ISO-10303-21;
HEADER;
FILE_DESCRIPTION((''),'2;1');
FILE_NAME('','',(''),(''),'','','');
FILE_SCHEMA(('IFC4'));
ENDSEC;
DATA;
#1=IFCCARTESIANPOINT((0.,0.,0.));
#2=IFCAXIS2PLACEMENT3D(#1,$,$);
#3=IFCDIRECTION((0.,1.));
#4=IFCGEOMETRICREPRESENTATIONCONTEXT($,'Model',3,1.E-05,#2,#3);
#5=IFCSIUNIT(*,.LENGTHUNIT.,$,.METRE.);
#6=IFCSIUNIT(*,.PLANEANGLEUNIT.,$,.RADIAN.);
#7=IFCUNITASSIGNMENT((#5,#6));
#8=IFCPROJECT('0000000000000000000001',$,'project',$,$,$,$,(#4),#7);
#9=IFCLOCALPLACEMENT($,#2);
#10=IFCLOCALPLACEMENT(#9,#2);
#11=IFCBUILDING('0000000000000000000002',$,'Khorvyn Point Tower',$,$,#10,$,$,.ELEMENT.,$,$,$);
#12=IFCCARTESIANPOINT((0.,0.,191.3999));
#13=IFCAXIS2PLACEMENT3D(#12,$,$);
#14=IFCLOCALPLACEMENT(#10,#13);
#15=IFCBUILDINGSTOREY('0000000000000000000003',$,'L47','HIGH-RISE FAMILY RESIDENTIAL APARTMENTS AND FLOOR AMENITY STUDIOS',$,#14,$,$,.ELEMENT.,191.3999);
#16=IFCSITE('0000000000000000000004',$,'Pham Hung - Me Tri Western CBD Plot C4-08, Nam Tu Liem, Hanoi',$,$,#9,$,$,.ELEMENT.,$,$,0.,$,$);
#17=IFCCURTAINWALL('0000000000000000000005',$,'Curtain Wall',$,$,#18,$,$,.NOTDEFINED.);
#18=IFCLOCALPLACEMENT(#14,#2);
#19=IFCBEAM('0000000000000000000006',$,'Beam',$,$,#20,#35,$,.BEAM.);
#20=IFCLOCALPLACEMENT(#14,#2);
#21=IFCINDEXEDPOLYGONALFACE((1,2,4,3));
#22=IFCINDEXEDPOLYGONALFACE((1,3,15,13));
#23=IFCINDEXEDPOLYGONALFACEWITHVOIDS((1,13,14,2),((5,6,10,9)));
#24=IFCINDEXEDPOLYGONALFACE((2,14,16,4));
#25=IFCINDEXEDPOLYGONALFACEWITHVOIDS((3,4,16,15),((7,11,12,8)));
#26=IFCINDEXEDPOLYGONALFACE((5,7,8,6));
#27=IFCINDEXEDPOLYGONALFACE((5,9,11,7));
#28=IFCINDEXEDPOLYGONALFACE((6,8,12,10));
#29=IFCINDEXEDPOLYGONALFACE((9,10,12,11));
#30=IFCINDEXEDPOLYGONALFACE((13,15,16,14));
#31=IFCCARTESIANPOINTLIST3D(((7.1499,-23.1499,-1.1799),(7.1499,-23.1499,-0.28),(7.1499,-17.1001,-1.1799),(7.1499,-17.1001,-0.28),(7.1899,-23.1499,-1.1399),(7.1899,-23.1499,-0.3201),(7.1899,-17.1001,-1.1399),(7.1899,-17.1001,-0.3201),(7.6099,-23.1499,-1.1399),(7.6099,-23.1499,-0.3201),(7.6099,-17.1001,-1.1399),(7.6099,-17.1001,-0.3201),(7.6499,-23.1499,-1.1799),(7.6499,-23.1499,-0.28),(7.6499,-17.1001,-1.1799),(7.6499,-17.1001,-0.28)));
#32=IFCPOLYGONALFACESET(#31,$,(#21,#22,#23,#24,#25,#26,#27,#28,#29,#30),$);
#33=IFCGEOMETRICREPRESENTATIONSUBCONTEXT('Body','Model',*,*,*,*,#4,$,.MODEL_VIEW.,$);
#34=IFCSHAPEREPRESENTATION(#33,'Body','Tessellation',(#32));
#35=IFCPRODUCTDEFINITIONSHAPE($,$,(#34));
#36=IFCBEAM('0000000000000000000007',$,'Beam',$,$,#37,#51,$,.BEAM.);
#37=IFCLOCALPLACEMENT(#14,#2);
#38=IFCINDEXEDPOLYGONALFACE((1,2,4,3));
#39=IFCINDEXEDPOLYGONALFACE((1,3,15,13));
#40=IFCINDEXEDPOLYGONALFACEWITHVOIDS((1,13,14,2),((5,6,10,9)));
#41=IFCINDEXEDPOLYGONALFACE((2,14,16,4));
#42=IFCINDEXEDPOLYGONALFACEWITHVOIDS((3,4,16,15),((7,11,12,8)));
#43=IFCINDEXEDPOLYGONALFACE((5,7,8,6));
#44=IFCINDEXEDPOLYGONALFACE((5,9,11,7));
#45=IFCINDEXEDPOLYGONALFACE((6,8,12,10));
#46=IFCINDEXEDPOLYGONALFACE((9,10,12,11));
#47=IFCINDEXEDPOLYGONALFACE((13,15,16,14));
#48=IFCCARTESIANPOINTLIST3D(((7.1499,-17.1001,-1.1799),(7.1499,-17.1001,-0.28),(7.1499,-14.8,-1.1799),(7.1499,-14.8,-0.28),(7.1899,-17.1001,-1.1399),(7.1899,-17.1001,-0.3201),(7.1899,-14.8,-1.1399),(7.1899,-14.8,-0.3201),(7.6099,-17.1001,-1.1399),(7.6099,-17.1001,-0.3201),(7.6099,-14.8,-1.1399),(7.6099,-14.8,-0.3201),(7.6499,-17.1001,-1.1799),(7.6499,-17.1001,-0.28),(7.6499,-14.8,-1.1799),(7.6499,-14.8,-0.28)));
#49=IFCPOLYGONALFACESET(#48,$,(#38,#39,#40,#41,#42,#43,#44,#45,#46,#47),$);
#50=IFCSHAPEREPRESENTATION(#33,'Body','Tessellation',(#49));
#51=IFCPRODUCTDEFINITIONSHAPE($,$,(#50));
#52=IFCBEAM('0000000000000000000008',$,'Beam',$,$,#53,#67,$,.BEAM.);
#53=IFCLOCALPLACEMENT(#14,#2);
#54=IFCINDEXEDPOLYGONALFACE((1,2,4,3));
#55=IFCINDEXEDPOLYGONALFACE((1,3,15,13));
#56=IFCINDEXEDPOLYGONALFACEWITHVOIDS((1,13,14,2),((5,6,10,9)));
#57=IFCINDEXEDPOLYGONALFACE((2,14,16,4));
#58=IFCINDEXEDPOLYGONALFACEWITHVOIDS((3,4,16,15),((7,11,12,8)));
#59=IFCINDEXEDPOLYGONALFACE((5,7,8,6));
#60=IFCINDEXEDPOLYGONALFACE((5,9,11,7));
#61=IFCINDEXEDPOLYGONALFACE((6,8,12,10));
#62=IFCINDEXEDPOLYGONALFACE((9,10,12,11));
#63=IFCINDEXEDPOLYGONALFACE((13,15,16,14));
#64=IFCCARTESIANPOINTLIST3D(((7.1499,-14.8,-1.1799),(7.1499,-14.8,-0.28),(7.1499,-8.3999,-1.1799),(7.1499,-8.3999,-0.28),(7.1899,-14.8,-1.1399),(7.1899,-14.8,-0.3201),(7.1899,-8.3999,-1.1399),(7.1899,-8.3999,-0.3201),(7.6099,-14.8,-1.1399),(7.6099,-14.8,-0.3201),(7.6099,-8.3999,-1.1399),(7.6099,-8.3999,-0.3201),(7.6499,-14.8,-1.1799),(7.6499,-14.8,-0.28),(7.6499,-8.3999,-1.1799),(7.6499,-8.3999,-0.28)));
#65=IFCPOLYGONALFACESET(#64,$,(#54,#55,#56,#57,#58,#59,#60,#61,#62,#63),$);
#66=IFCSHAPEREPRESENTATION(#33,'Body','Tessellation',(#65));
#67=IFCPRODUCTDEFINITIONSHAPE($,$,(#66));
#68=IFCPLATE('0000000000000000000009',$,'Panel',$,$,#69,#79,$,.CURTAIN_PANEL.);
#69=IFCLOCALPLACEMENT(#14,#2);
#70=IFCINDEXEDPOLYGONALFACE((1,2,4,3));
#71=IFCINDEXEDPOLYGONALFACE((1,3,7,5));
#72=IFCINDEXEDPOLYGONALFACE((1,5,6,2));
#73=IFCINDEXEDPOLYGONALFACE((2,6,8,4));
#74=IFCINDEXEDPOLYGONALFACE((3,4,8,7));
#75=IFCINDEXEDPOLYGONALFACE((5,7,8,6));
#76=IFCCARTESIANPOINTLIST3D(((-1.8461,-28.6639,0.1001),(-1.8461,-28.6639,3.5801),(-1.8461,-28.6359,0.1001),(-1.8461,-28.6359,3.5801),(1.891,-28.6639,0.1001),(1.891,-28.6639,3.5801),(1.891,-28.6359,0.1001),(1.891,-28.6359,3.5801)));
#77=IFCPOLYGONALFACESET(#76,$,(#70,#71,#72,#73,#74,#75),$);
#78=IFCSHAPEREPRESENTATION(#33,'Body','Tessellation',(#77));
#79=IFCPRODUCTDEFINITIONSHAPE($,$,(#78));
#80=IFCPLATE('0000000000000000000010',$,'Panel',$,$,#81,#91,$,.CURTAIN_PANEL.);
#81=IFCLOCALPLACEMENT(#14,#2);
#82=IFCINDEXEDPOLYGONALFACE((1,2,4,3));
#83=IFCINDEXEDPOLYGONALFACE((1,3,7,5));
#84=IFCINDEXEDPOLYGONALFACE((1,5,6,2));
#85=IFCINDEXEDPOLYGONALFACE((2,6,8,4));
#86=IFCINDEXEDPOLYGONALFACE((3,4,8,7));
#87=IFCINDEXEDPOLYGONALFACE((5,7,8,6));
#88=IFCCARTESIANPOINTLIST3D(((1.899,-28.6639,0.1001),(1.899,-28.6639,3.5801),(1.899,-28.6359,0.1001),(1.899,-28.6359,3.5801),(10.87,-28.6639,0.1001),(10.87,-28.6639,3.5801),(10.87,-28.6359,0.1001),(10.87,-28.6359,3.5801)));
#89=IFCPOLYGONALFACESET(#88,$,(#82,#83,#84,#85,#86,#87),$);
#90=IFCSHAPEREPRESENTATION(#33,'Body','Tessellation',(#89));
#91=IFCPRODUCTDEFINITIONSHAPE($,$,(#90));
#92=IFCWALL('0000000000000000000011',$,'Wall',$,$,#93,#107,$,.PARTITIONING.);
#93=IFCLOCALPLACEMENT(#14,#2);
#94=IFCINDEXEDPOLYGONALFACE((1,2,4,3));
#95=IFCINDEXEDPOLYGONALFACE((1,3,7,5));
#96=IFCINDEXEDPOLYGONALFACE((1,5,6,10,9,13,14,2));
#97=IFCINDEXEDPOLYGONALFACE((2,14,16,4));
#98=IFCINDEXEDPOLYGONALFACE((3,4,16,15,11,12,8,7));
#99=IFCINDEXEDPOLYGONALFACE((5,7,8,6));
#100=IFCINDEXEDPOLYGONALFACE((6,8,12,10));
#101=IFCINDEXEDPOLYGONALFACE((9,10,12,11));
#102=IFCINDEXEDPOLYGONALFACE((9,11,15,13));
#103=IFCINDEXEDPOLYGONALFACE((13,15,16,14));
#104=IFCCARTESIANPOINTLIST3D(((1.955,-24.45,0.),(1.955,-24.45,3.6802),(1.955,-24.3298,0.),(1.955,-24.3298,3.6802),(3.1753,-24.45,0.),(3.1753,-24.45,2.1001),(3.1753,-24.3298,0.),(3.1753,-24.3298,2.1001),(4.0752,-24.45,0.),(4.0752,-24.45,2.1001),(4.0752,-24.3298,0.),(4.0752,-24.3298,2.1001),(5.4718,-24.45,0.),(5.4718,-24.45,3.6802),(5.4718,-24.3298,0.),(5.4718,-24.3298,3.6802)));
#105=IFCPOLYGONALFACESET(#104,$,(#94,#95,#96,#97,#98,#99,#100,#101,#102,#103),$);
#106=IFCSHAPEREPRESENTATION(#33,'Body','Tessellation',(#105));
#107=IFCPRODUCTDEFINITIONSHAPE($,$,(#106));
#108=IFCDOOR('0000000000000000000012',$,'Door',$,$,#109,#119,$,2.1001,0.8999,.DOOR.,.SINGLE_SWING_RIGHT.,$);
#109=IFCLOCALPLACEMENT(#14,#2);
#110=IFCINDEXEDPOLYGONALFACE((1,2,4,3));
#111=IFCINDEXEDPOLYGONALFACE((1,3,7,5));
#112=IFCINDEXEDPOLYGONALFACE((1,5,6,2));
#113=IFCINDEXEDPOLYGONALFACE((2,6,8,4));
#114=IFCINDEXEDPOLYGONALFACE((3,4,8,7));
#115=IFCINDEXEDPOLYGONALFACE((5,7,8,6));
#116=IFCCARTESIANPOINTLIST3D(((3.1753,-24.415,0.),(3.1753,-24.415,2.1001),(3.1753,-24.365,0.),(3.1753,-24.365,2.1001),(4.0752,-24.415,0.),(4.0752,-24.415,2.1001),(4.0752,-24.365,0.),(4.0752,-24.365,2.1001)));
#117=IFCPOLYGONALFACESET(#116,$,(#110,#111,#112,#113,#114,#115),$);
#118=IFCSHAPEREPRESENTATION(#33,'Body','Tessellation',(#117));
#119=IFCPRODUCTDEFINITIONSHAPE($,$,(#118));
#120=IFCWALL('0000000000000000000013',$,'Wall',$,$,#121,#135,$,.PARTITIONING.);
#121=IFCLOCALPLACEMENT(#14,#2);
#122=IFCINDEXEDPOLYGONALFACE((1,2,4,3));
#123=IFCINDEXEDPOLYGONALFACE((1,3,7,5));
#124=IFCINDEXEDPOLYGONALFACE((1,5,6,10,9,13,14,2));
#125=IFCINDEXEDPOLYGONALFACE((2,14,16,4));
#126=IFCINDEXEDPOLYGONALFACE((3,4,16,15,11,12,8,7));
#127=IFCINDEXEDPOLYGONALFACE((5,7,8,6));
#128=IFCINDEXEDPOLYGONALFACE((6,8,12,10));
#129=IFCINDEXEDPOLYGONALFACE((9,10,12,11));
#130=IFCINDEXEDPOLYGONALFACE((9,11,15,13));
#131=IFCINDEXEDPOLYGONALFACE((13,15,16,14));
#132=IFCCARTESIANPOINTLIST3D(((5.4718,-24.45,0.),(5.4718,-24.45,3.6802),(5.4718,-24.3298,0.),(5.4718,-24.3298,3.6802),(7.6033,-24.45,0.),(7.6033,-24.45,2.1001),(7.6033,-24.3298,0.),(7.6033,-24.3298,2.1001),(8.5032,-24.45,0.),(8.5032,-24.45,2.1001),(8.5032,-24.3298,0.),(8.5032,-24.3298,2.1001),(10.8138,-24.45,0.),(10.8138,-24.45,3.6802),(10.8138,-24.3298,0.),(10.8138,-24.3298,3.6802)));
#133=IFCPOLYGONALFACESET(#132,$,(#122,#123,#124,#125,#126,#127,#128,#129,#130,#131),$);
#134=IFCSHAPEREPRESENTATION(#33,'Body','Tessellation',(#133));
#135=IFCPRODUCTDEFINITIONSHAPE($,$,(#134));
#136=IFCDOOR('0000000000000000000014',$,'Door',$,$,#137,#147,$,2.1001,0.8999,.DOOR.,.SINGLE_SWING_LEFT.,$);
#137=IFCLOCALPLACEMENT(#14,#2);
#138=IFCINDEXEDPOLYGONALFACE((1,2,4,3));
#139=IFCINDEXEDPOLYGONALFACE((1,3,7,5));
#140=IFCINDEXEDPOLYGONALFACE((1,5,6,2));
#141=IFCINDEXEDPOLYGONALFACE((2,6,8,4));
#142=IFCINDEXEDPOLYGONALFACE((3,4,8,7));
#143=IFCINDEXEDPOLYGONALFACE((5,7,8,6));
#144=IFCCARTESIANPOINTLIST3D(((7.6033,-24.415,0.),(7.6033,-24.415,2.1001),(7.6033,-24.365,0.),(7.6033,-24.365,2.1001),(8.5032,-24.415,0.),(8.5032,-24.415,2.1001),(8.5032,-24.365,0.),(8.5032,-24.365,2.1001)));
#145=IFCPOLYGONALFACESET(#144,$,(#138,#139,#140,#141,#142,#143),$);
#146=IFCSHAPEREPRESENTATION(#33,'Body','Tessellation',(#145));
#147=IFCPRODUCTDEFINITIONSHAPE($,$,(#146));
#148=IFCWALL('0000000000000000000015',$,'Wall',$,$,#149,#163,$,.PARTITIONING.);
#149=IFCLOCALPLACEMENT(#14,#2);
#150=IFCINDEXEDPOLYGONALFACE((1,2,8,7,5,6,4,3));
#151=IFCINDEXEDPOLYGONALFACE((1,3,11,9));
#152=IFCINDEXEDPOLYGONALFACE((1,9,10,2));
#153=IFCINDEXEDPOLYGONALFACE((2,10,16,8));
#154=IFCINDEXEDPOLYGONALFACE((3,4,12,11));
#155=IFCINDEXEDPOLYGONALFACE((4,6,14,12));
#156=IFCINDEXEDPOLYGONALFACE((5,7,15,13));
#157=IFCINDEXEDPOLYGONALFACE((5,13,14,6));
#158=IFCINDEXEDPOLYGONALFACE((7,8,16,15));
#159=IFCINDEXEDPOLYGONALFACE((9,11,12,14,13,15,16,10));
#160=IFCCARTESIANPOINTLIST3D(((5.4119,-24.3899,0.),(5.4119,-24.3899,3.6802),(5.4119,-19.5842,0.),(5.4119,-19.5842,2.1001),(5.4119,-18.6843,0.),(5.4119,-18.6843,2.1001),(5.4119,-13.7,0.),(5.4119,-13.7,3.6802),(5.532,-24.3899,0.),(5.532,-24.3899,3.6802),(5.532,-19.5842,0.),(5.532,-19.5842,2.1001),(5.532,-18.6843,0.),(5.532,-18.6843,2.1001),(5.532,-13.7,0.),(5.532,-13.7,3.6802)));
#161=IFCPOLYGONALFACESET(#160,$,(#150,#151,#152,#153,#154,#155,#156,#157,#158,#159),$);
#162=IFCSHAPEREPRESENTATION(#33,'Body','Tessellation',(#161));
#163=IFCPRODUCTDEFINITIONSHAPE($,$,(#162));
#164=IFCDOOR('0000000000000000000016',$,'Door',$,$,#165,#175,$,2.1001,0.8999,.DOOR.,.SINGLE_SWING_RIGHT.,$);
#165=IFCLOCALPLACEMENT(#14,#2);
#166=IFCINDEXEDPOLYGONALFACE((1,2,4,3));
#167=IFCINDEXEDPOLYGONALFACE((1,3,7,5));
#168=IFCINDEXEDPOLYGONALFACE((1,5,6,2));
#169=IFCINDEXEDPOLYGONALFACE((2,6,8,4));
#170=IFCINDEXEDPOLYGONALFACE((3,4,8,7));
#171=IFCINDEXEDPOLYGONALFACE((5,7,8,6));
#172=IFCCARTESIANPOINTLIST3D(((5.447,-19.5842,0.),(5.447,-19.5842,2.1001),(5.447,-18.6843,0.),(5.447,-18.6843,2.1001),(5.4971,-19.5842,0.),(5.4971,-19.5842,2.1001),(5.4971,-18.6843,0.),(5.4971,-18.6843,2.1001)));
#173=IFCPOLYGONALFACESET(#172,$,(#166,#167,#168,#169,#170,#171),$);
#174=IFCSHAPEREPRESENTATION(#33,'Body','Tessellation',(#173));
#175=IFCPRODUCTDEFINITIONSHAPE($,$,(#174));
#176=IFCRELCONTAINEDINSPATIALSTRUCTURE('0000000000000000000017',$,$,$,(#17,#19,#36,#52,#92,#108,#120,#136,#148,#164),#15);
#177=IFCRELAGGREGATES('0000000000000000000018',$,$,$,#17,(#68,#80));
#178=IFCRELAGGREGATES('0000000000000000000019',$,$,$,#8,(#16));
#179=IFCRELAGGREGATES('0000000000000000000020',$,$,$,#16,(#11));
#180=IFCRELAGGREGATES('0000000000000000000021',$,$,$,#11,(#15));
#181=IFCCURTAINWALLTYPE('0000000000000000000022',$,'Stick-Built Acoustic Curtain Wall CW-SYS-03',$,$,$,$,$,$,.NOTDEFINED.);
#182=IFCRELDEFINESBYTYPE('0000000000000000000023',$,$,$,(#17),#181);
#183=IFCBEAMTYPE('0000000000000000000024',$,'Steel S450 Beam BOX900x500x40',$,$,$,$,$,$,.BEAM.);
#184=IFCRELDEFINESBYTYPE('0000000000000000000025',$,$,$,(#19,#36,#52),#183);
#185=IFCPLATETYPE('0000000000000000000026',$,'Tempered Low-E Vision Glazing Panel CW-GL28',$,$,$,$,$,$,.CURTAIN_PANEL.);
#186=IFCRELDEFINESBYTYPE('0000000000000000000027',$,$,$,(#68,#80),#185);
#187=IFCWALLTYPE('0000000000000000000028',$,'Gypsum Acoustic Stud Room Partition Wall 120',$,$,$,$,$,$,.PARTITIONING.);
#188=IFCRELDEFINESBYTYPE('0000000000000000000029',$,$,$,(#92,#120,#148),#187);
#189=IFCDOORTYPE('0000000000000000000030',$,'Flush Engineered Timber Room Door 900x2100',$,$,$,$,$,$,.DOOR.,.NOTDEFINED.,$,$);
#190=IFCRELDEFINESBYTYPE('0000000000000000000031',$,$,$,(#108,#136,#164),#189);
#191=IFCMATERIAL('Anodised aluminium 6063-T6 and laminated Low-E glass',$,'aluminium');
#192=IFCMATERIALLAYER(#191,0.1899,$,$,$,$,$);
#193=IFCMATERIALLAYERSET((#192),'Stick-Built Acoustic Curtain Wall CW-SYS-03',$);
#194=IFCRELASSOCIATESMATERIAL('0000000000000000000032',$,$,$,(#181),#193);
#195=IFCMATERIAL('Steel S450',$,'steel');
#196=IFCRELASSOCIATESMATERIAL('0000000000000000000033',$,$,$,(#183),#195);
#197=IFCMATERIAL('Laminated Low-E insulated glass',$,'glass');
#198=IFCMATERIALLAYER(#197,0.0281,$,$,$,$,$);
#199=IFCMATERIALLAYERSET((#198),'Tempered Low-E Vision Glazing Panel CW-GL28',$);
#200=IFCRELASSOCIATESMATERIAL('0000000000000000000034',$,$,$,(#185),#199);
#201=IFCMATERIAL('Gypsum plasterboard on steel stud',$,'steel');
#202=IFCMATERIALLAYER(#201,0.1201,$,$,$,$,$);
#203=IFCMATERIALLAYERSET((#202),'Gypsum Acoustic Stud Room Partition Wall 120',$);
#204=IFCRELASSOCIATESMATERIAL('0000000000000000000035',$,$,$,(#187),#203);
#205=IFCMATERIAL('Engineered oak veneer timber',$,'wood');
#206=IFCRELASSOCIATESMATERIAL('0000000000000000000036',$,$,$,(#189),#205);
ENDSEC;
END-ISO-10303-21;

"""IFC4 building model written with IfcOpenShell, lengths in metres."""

from ifc_helpers import new_model, si_unit, direction, frame, frame_2d, origin, origin_2d, place, context, subcontext, project, spatial, rectangle, hollow_rectangle, extrude, material, layer, layer_set, material_profile, profile_set, type_object, element, fill, aggregate, save


model = new_model("IFC4")

# Units and contexts
model_context = context("Model", 3, precision=1e-05, world=origin(), true_north=direction((0.0, 1.0)))
body_context = subcontext(model_context, "Body", "Model", "MODEL_VIEW")
ifc_project = project(units=[si_unit("LENGTHUNIT", "METRE"), si_unit("PLANEANGLEUNIT", "RADIAN")], contexts=[model_context])

# Site, building, storey
site_placement = place(None, origin())
site = spatial("IfcSite", under=ifc_project, at=site_placement, Name="Pham Hung - Me Tri Western CBD Plot C4-08, Nam Tu Liem, Hanoi", CompositionType="ELEMENT", RefElevation=0.0)
building_placement = place(site_placement, origin())
building = spatial("IfcBuilding", under=site, at=building_placement, Name="Khorvyn Point Tower", CompositionType="ELEMENT")
storey_placement = place(building_placement, frame((0.0, 0.0, 191.3999)))
storey = spatial("IfcBuildingStorey", under=building, at=storey_placement, Name="L47", Description="HIGH-RISE FAMILY RESIDENTIAL APARTMENTS AND FLOOR AMENITY STUDIOS", CompositionType="ELEMENT", Elevation=191.3999)

# Shared definitions
ifc_material_1 = material(Name="Steel S450", Category="steel")

# Curtain wall
ifc_material_2 = material(Name="Anodised aluminium 6063-T6 and laminated Low-E glass", Category="aluminium")
ifc_layer_1 = layer(ifc_material_2, 0.1899)
ifc_layer_set_1 = layer_set([ifc_layer_1], Name="Stick-Built Acoustic Curtain Wall CW-SYS-03")
curtain_wall_type = type_object("IfcCurtainWallType", Name="Stick-Built Acoustic Curtain Wall CW-SYS-03", PredefinedType="NOTDEFINED", material=ifc_layer_set_1)
curtain_wall_placement = place(storey_placement, origin())
curtain_wall = element("IfcCurtainWall", 1, at=curtain_wall_placement, inside=storey, type_object=curtain_wall_type, Name="Curtain Wall", PredefinedType="NOTDEFINED")

# Beams
ifc_material_profile_1 = material_profile(ifc_material_1, hollow_rectangle(XDim=0.5, YDim=0.8999, WallThickness=0.04, at=origin_2d()))
ifc_profile_set_1 = profile_set([ifc_material_profile_1], Name="Steel S450 BOX900x500x40")
beam_type_1 = type_object("IfcBeamType", Name="Steel S450 Beam BOX900x500x40", PredefinedType="BEAM", material=ifc_profile_set_1)
beam_1_placement = place(storey_placement, frame((7.3999, -23.1499, -0.73), z_axis=(0.0, 1.0, 0.0), x_axis=(-1.0, 0.0, 0.0)))
element("IfcBeam", 2, at=beam_1_placement, inside=storey, type_object=beam_type_1, Name="Beam", PredefinedType="BEAM", context=body_context, shape_type="SweptSolid", body=[
    extrude(hollow_rectangle(XDim=0.5, YDim=0.8999, WallThickness=0.04, at=origin_2d()), origin(), (0.0, 0.0, 1.0), 6.0498),
])
beam_2_placement = place(storey_placement, frame((7.3999, -17.1001, -0.73), z_axis=(0.0, 1.0, 0.0), x_axis=(-1.0, 0.0, 0.0)))
element("IfcBeam", 3, at=beam_2_placement, inside=storey, type_object=beam_type_1, Name="Beam", PredefinedType="BEAM", context=body_context, shape_type="SweptSolid", body=[
    extrude(hollow_rectangle(XDim=0.5, YDim=0.8999, WallThickness=0.04, at=origin_2d()), origin(), (0.0, 0.0, 1.0), 2.3),
])
beam_3_placement = place(storey_placement, frame((7.3999, -14.8, -0.73), z_axis=(0.0, 1.0, 0.0), x_axis=(-1.0, 0.0, 0.0)))
element("IfcBeam", 4, at=beam_3_placement, inside=storey, type_object=beam_type_1, Name="Beam", PredefinedType="BEAM", context=body_context, shape_type="SweptSolid", body=[
    extrude(hollow_rectangle(XDim=0.5, YDim=0.8999, WallThickness=0.04, at=origin_2d()), origin(), (0.0, 0.0, 1.0), 6.4001),
])

# Plates
ifc_material_3 = material(Name="Laminated Low-E insulated glass", Category="glass")
ifc_layer_2 = layer(ifc_material_3, 0.0281)
ifc_layer_set_2 = layer_set([ifc_layer_2], Name="Tempered Low-E Vision Glazing Panel CW-GL28")
plate_type = type_object("IfcPlateType", Name="Tempered Low-E Vision Glazing Panel CW-GL28", PredefinedType="CURTAIN_PANEL", material=ifc_layer_set_2)
plate_1_placement = place(storey_placement, frame((0.0225, -28.6499, 0.1001), z_axis=(0.0, 0.0, 1.0), x_axis=(-1.0, 0.0, 0.0)))
plate_1 = element("IfcPlate", 5, at=plate_1_placement, type_object=plate_type, Name="Panel", PredefinedType="CURTAIN_PANEL", context=body_context, shape_type="SweptSolid", body=[
    extrude(rectangle(XDim=3.7371, YDim=0.0281, at=origin_2d()), origin(), (0.0, 0.0, 1.0), 3.48),
])
plate_2_placement = place(storey_placement, frame((6.3845, -28.6499, 0.1001), z_axis=(0.0, 0.0, 1.0), x_axis=(-1.0, 0.0, 0.0)))
plate_2 = element("IfcPlate", 6, at=plate_2_placement, type_object=plate_type, Name="Panel", PredefinedType="CURTAIN_PANEL", context=body_context, shape_type="SweptSolid", body=[
    extrude(rectangle(XDim=8.9709, YDim=0.0281, at=origin_2d()), origin(), (0.0, 0.0, 1.0), 3.48),
])
aggregate(curtain_wall, [plate_1, plate_2])

# Walls, openings, doors
ifc_material_4 = material(Name="Gypsum plasterboard on steel stud", Category="steel")
ifc_layer_3 = layer(ifc_material_4, 0.1201)
ifc_layer_set_3 = layer_set([ifc_layer_3], Name="Gypsum Acoustic Stud Room Partition Wall 120")
wall_type_1 = type_object("IfcWallType", Name="Gypsum Acoustic Stud Room Partition Wall 120", PredefinedType="PARTITIONING", material=ifc_layer_set_3)
wall_1_placement = place(storey_placement, frame((1.9551, -24.3899, 0.0), z_axis=(0.0, 0.0, 1.0), x_axis=(1.0, 0.0, 0.0)))
wall_1 = element("IfcWall", 7, at=wall_1_placement, inside=storey, type_object=wall_type_1, Name="Wall", PredefinedType="PARTITIONING", context=body_context, shape_type="SweptSolid", body=[
    extrude(rectangle(XDim=3.5168, YDim=0.1201, at=frame_2d((1.7583, 0.0))), origin(), (0.0, 0.0, 1.0), 3.6802),
])
opening_1_placement = place(wall_1_placement, frame((1.2202, 0.0, 0.0)))
opening_1 = element("IfcOpeningElement", 8, at=opening_1_placement, cuts=wall_1, PredefinedType="OPENING", context=body_context, shape_type="SweptSolid", body=[
    extrude(rectangle(XDim=0.8999, YDim=2.1001, at=frame_2d((0.45, 1.05))), frame((0.0, 0.0701, 0.0), z_axis=(0.0, -1.0, 0.0), x_axis=(1.0, 0.0, 0.0)), (0.0, 0.0, 1.0), 0.1401),
])
ifc_material_5 = material(Name="Engineered oak veneer timber", Category="wood")
door_type_1 = type_object("IfcDoorType", Name="Flush Engineered Timber Room Door 900x2100", OperationType="NOTDEFINED", PredefinedType="DOOR", material=ifc_material_5)
door_1_placement = place(opening_1_placement, origin())
door_1 = element("IfcDoor", 9, at=door_1_placement, inside=storey, type_object=door_type_1, Name="Door", OperationType="SINGLE_SWING_RIGHT", OverallHeight=2.1001, OverallWidth=0.8999, PredefinedType="DOOR", context=body_context, shape_type="SweptSolid", body=[
    extrude(rectangle(XDim=0.8999, YDim=2.1001, at=frame_2d((0.45, 1.05))), frame((0.0, 0.0249, 0.0), z_axis=(0.0, -1.0, 0.0), x_axis=(1.0, 0.0, 0.0)), (0.0, 0.0, 1.0), 0.05),
])
fill(opening_1, door_1)
wall_2_placement = place(storey_placement, frame((5.4719, -24.3899, 0.0), z_axis=(0.0, 0.0, 1.0), x_axis=(1.0, 0.0, 0.0)))
wall_2 = element("IfcWall", 10, at=wall_2_placement, inside=storey, type_object=wall_type_1, Name="Wall", PredefinedType="PARTITIONING", context=body_context, shape_type="SweptSolid", body=[
    extrude(rectangle(XDim=5.342, YDim=0.1201, at=frame_2d((2.6709, 0.0))), origin(), (0.0, 0.0, 1.0), 3.6802),
])
opening_2_placement = place(wall_2_placement, frame((2.1313, 0.0, 0.0)))
opening_2 = element("IfcOpeningElement", 11, at=opening_2_placement, cuts=wall_2, PredefinedType="OPENING", context=body_context, shape_type="SweptSolid", body=[
    extrude(rectangle(XDim=0.8999, YDim=2.1001, at=frame_2d((0.45, 1.05))), frame((0.0, 0.0701, 0.0), z_axis=(0.0, -1.0, 0.0), x_axis=(1.0, 0.0, 0.0)), (0.0, 0.0, 1.0), 0.1401),
])
door_2_placement = place(opening_2_placement, origin())
door_2 = element("IfcDoor", 12, at=door_2_placement, inside=storey, type_object=door_type_1, Name="Door", OperationType="SINGLE_SWING_LEFT", OverallHeight=2.1001, OverallWidth=0.8999, PredefinedType="DOOR", context=body_context, shape_type="SweptSolid", body=[
    extrude(rectangle(XDim=0.8999, YDim=2.1001, at=frame_2d((0.45, 1.05))), frame((0.0, 0.0249, 0.0), z_axis=(0.0, -1.0, 0.0), x_axis=(1.0, 0.0, 0.0)), (0.0, 0.0, 1.0), 0.05),
])
fill(opening_2, door_2)
wall_3_placement = place(storey_placement, frame((5.4719, -24.3899, 0.0), z_axis=(0.0, 0.0, 1.0), x_axis=(0.0, 1.0, 0.0)))
wall_3 = element("IfcWall", 13, at=wall_3_placement, inside=storey, type_object=wall_type_1, Name="Wall", PredefinedType="PARTITIONING", context=body_context, shape_type="SweptSolid", body=[
    extrude(rectangle(XDim=10.6899, YDim=0.1201, at=frame_2d((5.345, 0.0))), origin(), (0.0, 0.0, 1.0), 3.6802),
])
opening_3_placement = place(wall_3_placement, frame((4.8057, 0.0, 0.0)))
opening_3 = element("IfcOpeningElement", 14, at=opening_3_placement, cuts=wall_3, PredefinedType="OPENING", context=body_context, shape_type="SweptSolid", body=[
    extrude(rectangle(XDim=0.8999, YDim=2.1001, at=frame_2d((0.45, 1.05))), frame((0.0, 0.0701, 0.0), z_axis=(0.0, -1.0, 0.0), x_axis=(1.0, 0.0, 0.0)), (0.0, 0.0, 1.0), 0.1401),
])
door_3_placement = place(opening_3_placement, origin())
door_3 = element("IfcDoor", 15, at=door_3_placement, inside=storey, type_object=door_type_1, Name="Door", OperationType="SINGLE_SWING_RIGHT", OverallHeight=2.1001, OverallWidth=0.8999, PredefinedType="DOOR", context=body_context, shape_type="SweptSolid", body=[
    extrude(rectangle(XDim=0.8999, YDim=2.1001, at=frame_2d((0.45, 1.05))), frame((0.0, 0.0249, 0.0), z_axis=(0.0, -1.0, 0.0), x_axis=(1.0, 0.0, 0.0)), (0.0, 0.0, 1.0), 0.05),
])
fill(opening_3, door_3)

save(model, "model.ifc")
